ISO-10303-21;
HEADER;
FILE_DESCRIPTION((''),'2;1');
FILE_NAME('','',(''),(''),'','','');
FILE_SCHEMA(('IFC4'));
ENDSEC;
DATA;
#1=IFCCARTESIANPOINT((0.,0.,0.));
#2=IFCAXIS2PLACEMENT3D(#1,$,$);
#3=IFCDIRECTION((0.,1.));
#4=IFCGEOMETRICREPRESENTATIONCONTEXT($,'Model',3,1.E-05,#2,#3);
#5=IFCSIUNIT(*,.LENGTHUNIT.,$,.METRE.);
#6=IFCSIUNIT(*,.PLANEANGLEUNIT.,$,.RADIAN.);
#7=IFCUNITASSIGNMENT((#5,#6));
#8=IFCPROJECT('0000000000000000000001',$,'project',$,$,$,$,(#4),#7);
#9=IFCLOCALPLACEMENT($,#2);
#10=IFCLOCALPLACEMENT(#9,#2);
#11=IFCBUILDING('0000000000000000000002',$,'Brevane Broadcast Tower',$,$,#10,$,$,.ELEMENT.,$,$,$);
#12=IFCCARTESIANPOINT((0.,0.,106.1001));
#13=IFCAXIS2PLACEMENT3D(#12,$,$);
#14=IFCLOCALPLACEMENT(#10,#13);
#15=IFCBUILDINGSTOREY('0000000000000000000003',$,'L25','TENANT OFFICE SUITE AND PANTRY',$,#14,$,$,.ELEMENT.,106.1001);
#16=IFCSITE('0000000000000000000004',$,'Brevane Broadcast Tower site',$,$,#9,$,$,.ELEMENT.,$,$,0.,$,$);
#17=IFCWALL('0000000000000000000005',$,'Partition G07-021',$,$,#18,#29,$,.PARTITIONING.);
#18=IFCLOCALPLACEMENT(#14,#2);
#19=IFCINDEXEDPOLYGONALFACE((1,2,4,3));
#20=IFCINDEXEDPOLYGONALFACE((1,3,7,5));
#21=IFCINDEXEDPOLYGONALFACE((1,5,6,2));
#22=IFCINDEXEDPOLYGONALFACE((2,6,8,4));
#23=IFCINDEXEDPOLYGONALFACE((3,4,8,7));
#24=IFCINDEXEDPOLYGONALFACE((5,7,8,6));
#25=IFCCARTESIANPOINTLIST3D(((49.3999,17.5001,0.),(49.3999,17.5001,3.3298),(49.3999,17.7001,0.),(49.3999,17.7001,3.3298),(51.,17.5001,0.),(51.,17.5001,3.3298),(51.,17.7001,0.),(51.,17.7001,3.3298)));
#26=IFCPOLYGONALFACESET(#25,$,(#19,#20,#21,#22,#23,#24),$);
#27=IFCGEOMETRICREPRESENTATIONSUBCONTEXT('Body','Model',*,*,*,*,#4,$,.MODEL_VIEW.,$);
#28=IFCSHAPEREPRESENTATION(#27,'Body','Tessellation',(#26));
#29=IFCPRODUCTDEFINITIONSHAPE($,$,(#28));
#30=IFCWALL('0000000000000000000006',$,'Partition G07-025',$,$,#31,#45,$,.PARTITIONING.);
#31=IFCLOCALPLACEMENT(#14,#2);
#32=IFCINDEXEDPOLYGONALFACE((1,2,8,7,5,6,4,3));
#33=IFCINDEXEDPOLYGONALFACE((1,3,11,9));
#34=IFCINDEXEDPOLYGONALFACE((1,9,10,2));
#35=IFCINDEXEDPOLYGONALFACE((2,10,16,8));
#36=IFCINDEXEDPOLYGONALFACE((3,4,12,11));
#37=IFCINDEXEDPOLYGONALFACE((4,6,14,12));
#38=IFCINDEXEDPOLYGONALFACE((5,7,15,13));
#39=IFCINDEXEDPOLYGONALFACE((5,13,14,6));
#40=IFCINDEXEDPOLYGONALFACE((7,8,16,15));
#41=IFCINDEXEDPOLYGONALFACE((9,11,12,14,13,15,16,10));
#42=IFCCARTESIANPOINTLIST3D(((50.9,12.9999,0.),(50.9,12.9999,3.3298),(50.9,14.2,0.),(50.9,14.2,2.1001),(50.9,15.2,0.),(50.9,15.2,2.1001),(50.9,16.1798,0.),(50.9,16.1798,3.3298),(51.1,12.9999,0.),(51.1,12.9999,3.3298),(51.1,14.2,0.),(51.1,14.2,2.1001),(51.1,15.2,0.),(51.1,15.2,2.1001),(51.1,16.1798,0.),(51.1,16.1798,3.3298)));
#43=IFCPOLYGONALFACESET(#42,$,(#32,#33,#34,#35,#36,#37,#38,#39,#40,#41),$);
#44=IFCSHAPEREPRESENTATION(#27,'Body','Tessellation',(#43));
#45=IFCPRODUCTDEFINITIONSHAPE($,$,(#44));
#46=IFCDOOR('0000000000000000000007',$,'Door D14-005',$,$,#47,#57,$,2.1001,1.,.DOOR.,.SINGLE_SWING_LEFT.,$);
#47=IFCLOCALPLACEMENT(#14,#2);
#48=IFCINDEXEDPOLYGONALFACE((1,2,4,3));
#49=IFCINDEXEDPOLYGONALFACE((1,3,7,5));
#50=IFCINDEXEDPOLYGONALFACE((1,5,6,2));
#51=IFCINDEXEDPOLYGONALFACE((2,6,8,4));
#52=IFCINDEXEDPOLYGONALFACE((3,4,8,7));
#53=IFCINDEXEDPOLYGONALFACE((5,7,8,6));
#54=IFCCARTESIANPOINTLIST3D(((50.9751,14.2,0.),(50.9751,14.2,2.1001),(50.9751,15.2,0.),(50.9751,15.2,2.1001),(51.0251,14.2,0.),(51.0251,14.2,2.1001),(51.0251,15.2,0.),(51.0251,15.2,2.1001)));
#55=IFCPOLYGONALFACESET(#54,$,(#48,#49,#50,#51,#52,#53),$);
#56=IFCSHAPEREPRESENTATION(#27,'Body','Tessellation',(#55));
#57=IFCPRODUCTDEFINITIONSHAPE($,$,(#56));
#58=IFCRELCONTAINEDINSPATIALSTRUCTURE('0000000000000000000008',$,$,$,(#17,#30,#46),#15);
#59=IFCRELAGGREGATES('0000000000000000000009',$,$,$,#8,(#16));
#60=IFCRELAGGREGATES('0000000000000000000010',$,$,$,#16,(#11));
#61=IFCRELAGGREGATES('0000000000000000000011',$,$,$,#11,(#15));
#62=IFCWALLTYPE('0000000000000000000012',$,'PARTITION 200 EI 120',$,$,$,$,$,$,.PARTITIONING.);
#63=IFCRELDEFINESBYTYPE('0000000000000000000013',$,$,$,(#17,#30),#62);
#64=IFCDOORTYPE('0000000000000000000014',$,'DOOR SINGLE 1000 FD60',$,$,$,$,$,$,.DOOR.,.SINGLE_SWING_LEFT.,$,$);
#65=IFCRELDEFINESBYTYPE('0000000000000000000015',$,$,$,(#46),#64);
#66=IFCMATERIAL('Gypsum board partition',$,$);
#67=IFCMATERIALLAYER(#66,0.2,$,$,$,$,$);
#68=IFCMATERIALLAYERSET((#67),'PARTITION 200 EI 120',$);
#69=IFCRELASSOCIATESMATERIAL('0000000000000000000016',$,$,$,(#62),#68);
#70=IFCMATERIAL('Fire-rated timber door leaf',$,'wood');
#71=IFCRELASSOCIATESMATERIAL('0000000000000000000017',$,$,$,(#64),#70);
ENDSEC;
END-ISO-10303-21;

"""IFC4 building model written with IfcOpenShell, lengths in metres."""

from ifc_helpers import new_model, si_unit, direction, frame, frame_2d, origin, place, context, subcontext, project, spatial, rectangle, extrude, material, layer, layer_set, type_object, element, fill, save


model = new_model("IFC4")

# Units and contexts
model_context = context("Model", 3, precision=1e-05, world=origin(), true_north=direction((0.0, 1.0)))
body_context = subcontext(model_context, "Body", "Model", "MODEL_VIEW")
ifc_project = project(units=[si_unit("LENGTHUNIT", "METRE"), si_unit("PLANEANGLEUNIT", "RADIAN")], contexts=[model_context])

# Site, building, storey
site_placement = place(None, origin())
site = spatial("IfcSite", under=ifc_project, at=site_placement, Name="Brevane Broadcast Tower site", CompositionType="ELEMENT", RefElevation=0.0)
building_placement = place(site_placement, origin())
building = spatial("IfcBuilding", under=site, at=building_placement, Name="Brevane Broadcast Tower", CompositionType="ELEMENT")
storey_placement = place(building_placement, frame((0.0, 0.0, 106.1001)))
storey = spatial("IfcBuildingStorey", under=building, at=storey_placement, Name="L25", Description="TENANT OFFICE SUITE AND PANTRY", CompositionType="ELEMENT", Elevation=106.1001)

# Shared definitions
ifc_material_1 = material(Name="Gypsum board partition")

# Shared definitions
ifc_material_2 = material(Name="Fire-rated timber door leaf", Category="wood")

# Wall
ifc_layer_1 = layer(ifc_material_1, 0.2)
ifc_layer_set_1 = layer_set([ifc_layer_1], Name="PARTITION 200 EI 120")
wall_type_1 = type_object("IfcWallType", Name="PARTITION 200 EI 120", PredefinedType="PARTITIONING", material=ifc_layer_set_1)
wall_1_placement = place(storey_placement, frame((51.0, 17.6001, 0.0), z_axis=(0.0, 0.0, 1.0), x_axis=(-1.0, 0.0, 0.0)))
element("IfcWall", 1, at=wall_1_placement, inside=storey, type_object=wall_type_1, Name="Partition G07-021", PredefinedType="PARTITIONING", context=body_context, shape_type="SweptSolid", body=[
    extrude(rectangle(XDim=1.6001, YDim=0.2, at=frame_2d((0.8, 0.0))), origin(), (0.0, 0.0, 1.0), 3.3298),
])

# Wall, opening, door
wall_2_placement = place(storey_placement, frame((51.0, 13.0, 0.0), z_axis=(0.0, 0.0, 1.0), x_axis=(0.0, 1.0, 0.0)))
wall_2 = element("IfcWall", 2, at=wall_2_placement, inside=storey, type_object=wall_type_1, Name="Partition G07-025", PredefinedType="PARTITIONING", context=body_context, shape_type="SweptSolid", body=[
    extrude(rectangle(XDim=3.1799, YDim=0.2, at=frame_2d((1.5898, 0.0))), origin(), (0.0, 0.0, 1.0), 3.3298),
])
opening_1_placement = place(wall_2_placement, frame((1.2, 0.0, 0.0)))
opening_1 = element("IfcOpeningElement", 3, at=opening_1_placement, cuts=wall_2, PredefinedType="OPENING", context=body_context, shape_type="SweptSolid", body=[
    extrude(rectangle(XDim=1.0, YDim=2.1001, at=frame_2d((0.5, 1.05))), frame((0.0, 0.1099, 0.0), z_axis=(0.0, -1.0, 0.0), x_axis=(1.0, 0.0, 0.0)), (0.0, 0.0, 1.0), 0.22),
])
door_type_1 = type_object("IfcDoorType", Name="DOOR SINGLE 1000 FD60", OperationType="SINGLE_SWING_LEFT", PredefinedType="DOOR", material=ifc_material_2)
door_1_placement = place(opening_1_placement, origin())
door_1 = element("IfcDoor", 4, at=door_1_placement, inside=storey, type_object=door_type_1, Name="Door D14-005", OperationType="SINGLE_SWING_LEFT", OverallHeight=2.1001, OverallWidth=1.0, PredefinedType="DOOR", context=body_context, shape_type="SweptSolid", body=[
    extrude(rectangle(XDim=1.0, YDim=2.1001, at=frame_2d((0.5, 1.05))), frame((0.0, 0.0249, 0.0), z_axis=(0.0, -1.0, 0.0), x_axis=(1.0, 0.0, 0.0)), (0.0, 0.0, 1.0), 0.05),
])
fill(opening_1, door_1)

save(model, "model.ifc")
